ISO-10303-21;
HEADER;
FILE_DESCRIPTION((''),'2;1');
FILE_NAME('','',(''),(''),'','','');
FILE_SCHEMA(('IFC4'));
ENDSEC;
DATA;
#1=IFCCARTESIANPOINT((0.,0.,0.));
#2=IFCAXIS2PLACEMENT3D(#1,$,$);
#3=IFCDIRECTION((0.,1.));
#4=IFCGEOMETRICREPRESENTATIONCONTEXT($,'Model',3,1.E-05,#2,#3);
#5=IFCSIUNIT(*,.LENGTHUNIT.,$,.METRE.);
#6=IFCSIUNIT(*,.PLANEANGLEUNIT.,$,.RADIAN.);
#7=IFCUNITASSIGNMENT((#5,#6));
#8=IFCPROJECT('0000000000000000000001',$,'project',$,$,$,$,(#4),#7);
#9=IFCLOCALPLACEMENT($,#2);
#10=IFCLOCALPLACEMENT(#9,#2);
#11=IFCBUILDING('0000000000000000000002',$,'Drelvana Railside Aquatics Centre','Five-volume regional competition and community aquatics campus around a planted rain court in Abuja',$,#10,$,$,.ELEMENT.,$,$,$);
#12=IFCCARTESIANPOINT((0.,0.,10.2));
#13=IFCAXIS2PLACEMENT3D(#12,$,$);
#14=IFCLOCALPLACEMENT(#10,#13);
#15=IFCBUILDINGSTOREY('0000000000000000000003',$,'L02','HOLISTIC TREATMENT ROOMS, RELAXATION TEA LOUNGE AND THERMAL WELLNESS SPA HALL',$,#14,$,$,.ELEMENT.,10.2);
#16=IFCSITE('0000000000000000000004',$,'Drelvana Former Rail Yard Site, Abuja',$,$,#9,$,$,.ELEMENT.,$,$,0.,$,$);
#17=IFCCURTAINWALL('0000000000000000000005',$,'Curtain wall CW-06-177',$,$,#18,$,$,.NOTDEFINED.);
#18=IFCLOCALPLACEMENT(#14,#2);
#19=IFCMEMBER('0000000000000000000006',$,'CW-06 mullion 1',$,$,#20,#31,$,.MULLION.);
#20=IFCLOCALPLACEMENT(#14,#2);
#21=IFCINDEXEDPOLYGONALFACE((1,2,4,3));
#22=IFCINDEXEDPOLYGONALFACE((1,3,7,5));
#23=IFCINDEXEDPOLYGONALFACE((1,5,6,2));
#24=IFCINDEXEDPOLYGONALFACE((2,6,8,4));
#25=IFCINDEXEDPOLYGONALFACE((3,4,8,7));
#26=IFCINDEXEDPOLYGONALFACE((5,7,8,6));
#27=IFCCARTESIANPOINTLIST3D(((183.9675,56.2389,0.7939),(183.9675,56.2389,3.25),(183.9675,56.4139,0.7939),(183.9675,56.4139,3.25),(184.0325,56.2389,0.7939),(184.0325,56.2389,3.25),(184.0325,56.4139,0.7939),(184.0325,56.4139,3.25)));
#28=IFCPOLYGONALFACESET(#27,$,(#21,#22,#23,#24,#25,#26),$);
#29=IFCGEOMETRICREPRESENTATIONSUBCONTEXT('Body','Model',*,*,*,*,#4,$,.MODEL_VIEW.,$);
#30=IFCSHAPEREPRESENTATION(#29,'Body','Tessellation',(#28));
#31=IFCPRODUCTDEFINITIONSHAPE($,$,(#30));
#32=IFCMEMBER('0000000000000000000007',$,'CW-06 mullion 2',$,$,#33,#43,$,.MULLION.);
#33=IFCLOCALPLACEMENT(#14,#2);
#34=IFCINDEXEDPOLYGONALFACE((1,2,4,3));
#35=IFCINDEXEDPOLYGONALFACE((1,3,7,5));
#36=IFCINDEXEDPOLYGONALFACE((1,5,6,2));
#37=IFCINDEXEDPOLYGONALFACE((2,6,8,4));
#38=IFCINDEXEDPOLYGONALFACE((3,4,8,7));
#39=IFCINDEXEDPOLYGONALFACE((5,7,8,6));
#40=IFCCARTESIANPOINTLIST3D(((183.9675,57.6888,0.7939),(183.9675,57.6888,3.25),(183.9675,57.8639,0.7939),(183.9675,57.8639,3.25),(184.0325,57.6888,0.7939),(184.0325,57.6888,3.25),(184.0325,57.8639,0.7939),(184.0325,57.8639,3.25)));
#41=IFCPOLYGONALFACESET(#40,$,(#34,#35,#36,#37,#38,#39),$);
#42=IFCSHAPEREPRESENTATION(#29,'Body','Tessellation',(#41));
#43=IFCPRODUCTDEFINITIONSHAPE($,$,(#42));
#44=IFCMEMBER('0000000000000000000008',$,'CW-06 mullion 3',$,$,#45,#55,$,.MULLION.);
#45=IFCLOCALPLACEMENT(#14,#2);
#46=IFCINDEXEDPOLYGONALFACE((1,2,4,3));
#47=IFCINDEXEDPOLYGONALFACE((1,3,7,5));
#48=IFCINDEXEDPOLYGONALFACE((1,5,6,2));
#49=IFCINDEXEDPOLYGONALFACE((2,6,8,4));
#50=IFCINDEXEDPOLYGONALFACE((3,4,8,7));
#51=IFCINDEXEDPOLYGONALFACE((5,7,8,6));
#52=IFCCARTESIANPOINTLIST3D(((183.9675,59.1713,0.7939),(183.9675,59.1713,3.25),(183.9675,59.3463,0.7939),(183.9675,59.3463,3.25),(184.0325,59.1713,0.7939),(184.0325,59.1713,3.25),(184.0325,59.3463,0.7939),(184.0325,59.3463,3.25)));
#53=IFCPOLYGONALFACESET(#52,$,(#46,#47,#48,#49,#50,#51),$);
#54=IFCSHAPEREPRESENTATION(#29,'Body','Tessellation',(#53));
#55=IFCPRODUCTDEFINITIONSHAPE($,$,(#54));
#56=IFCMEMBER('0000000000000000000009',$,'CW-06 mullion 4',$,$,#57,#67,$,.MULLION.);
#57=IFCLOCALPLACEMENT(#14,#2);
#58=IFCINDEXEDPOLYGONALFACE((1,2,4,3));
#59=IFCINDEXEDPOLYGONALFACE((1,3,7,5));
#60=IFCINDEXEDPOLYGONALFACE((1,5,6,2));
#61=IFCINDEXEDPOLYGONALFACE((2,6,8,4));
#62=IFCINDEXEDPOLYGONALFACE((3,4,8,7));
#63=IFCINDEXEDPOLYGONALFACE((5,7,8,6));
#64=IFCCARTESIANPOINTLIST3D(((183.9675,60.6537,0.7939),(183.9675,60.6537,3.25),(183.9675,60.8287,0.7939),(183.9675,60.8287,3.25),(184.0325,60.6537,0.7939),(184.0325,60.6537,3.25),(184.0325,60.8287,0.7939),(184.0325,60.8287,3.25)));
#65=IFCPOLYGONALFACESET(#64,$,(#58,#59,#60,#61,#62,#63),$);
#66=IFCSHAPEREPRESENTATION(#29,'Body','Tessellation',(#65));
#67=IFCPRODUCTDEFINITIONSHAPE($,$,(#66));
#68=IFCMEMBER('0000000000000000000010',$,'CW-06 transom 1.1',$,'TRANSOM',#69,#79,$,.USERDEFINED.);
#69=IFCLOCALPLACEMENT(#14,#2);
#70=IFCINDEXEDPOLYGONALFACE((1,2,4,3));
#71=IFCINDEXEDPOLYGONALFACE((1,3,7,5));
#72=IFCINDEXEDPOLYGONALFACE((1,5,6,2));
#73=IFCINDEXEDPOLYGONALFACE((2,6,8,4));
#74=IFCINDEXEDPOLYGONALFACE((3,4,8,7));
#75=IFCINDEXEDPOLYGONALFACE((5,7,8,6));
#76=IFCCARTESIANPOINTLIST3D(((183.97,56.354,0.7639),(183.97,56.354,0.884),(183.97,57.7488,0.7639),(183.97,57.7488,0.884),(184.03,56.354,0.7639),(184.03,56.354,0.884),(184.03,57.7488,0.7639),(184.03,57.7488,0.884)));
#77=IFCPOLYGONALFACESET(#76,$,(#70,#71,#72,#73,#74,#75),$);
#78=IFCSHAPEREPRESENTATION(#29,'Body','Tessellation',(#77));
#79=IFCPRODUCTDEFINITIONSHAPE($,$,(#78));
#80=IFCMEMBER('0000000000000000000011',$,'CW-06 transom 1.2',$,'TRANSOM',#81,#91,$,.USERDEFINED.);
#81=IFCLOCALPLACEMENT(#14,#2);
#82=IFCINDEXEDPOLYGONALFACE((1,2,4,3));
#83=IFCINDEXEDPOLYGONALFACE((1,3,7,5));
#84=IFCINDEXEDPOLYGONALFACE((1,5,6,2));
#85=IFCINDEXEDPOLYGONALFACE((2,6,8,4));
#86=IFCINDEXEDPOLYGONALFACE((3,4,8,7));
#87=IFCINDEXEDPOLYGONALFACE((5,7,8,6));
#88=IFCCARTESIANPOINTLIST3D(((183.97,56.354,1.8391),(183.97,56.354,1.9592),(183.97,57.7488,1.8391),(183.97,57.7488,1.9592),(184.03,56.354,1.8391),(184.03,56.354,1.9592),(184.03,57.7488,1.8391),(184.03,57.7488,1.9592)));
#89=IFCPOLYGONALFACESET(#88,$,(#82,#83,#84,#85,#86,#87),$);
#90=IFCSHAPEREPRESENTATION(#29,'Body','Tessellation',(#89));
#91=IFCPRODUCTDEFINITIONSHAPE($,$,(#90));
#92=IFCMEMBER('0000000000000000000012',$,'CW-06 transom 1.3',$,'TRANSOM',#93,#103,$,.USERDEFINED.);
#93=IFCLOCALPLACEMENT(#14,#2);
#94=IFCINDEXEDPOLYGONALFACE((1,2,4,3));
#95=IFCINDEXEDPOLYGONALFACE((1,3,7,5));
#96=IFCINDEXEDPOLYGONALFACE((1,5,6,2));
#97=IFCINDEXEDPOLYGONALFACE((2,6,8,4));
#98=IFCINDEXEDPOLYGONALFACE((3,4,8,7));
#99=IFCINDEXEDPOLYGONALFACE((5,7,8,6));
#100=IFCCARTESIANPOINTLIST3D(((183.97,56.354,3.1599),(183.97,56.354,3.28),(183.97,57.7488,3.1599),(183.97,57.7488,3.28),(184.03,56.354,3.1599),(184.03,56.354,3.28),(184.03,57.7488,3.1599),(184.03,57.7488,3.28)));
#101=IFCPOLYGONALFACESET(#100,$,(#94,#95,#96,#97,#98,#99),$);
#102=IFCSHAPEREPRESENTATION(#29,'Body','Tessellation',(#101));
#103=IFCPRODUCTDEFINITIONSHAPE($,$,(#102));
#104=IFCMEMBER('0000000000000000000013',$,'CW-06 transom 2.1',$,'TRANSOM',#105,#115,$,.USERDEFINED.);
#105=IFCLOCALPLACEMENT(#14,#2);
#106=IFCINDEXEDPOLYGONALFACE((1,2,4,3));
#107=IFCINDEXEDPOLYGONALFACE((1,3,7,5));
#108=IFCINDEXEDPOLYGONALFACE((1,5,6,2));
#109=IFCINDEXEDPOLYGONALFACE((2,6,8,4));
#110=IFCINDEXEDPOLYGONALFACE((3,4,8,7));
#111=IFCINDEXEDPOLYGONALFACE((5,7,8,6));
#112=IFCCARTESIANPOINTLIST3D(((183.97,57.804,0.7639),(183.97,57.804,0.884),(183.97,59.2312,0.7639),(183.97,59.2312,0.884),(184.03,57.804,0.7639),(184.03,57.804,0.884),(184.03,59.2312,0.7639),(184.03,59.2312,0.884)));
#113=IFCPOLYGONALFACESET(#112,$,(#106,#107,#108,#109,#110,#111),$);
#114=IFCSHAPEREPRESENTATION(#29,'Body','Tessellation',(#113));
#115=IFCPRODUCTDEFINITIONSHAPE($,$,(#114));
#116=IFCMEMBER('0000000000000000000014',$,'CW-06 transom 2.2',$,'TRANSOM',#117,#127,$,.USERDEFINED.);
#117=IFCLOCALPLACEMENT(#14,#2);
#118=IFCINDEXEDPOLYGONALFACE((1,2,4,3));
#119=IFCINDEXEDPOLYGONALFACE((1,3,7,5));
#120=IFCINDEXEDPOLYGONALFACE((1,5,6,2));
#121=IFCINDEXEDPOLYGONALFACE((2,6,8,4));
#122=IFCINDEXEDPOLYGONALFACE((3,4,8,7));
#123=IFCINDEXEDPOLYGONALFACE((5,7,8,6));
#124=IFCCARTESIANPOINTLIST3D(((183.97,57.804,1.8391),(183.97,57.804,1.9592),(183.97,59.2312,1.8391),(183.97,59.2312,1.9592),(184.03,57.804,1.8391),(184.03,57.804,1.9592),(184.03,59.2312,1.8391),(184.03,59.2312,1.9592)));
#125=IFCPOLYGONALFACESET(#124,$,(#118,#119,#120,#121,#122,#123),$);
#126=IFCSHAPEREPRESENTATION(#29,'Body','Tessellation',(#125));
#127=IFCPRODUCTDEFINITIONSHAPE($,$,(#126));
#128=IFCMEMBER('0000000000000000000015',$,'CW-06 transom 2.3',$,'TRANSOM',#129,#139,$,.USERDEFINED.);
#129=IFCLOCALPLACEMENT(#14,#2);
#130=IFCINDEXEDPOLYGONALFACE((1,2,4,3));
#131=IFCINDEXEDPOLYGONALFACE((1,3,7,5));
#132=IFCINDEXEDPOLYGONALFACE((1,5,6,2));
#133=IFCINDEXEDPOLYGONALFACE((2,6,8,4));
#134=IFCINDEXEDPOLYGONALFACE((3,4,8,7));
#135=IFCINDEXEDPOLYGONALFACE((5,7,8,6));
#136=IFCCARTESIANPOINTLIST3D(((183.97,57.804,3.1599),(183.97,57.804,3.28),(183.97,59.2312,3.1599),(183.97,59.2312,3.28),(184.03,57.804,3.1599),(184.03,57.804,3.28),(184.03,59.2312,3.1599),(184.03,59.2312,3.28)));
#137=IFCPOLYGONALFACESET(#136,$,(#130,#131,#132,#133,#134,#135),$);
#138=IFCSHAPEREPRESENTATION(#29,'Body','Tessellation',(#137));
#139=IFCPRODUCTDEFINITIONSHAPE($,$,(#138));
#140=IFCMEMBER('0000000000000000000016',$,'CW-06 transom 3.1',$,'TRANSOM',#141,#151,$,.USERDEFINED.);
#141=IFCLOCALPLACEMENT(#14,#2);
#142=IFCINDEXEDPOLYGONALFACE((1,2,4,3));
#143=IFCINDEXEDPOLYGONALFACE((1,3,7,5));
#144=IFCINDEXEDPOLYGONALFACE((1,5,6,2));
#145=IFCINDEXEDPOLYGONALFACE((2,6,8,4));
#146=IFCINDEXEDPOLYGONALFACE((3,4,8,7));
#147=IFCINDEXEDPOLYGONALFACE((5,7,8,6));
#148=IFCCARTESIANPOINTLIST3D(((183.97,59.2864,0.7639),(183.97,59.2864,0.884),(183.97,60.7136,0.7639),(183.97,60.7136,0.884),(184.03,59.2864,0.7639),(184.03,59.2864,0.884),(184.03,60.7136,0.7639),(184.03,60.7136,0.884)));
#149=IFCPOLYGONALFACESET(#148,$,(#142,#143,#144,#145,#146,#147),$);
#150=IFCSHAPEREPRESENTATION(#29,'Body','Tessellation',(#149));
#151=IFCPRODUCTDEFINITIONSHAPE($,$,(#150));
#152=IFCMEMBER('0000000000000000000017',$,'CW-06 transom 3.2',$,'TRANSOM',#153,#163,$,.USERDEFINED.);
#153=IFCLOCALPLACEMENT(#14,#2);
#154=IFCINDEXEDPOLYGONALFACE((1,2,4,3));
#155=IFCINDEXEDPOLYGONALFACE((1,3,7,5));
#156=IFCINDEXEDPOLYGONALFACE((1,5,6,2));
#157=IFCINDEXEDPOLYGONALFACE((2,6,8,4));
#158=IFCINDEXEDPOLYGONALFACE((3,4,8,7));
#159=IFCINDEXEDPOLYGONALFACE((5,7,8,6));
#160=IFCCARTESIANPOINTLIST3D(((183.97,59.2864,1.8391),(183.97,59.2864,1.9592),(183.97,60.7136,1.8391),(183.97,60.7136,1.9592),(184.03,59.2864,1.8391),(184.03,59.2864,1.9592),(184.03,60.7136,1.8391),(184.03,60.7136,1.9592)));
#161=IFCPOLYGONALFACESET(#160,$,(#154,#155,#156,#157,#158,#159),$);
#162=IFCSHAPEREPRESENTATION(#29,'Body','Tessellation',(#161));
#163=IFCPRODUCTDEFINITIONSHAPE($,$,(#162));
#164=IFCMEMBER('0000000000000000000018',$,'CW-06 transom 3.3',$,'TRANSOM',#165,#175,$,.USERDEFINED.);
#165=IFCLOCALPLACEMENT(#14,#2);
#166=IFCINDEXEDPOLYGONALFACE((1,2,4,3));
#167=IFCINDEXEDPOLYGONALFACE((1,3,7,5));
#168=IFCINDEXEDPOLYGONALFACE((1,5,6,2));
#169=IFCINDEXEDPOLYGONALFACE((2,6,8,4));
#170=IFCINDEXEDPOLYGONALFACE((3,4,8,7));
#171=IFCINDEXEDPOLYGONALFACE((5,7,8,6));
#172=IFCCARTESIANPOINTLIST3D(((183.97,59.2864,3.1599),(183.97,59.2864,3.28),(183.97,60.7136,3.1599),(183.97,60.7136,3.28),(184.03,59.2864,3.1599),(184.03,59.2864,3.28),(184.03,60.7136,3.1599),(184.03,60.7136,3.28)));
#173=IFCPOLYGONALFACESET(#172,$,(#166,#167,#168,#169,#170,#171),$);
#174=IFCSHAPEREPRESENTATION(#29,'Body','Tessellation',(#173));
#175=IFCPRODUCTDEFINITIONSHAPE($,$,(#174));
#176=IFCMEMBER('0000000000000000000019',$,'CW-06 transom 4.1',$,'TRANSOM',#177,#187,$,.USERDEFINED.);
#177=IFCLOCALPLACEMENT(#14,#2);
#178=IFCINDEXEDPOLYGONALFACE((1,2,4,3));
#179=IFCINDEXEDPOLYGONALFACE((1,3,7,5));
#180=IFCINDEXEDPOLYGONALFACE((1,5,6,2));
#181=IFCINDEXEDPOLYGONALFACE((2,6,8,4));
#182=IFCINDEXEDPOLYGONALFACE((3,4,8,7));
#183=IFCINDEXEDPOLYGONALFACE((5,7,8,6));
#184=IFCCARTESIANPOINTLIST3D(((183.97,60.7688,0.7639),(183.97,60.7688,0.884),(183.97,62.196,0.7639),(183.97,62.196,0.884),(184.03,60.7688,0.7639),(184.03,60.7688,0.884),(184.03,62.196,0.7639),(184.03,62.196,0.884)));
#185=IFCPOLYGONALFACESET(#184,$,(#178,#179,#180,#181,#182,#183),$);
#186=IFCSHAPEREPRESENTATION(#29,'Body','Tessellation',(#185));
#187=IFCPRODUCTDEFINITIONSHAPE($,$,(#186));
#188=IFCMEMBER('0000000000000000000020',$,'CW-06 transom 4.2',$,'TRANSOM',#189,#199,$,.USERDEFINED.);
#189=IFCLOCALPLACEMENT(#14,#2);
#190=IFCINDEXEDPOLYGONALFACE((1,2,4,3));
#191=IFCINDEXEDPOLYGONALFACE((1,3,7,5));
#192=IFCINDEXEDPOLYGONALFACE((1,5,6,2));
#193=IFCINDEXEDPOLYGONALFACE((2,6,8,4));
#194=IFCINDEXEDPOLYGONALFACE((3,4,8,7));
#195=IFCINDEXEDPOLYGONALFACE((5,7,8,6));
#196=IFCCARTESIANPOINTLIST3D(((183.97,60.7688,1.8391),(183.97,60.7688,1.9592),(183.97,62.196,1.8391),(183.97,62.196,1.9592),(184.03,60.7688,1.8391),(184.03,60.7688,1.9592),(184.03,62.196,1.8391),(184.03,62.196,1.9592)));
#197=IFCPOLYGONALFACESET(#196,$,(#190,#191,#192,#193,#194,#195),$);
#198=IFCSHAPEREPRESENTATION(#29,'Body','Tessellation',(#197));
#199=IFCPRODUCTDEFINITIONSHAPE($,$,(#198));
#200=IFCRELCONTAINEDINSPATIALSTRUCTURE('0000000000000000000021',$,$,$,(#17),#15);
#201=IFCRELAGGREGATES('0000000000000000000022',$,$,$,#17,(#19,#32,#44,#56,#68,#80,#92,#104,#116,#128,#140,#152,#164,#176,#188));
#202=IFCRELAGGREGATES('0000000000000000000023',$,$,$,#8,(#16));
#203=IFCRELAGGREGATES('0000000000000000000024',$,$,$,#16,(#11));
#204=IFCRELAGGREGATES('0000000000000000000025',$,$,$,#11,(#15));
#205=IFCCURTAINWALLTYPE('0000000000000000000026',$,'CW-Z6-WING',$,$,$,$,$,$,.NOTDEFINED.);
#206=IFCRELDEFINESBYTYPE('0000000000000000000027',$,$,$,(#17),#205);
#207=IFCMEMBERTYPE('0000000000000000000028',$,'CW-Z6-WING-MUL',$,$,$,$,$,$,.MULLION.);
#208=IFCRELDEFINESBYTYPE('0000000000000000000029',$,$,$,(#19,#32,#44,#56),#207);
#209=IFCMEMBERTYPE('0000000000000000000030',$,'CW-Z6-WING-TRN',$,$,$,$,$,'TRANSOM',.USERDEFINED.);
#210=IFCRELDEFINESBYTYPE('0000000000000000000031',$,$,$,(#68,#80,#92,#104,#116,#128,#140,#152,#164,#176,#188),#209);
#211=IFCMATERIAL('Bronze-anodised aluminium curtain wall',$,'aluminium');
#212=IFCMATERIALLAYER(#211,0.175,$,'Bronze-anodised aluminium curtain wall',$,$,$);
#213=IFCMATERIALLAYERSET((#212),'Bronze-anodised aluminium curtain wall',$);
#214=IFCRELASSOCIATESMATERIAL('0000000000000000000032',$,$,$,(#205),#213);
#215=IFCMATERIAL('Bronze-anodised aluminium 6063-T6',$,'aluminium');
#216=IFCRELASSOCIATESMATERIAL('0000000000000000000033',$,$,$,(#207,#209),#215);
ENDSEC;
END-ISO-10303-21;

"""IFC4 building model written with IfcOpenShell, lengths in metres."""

from ifc_helpers import new_model, si_unit, direction, frame, origin, origin_2d, place, context, subcontext, project, spatial, rectangle, extrude, material, layer, layer_set, material_profile, profile_set, type_object, element, aggregate, save


model = new_model("IFC4")

# Units and contexts
model_context = context("Model", 3, precision=1e-05, world=origin(), true_north=direction((0.0, 1.0)))
body_context = subcontext(model_context, "Body", "Model", "MODEL_VIEW")
ifc_project = project(units=[si_unit("LENGTHUNIT", "METRE"), si_unit("PLANEANGLEUNIT", "RADIAN")], contexts=[model_context])

# Site, building, storey
site_placement = place(None, origin())
site = spatial("IfcSite", under=ifc_project, at=site_placement, Name="Drelvana Former Rail Yard Site, Abuja", CompositionType="ELEMENT", RefElevation=0.0)
building_placement = place(site_placement, origin())
building = spatial("IfcBuilding", under=site, at=building_placement, Name="Drelvana Railside Aquatics Centre", Description="Five-volume regional competition and community aquatics campus around a planted rain court in Abuja", CompositionType="ELEMENT")
storey_placement = place(building_placement, frame((0.0, 0.0, 10.2)))
storey = spatial("IfcBuildingStorey", under=building, at=storey_placement, Name="L02", Description="HOLISTIC TREATMENT ROOMS, RELAXATION TEA LOUNGE AND THERMAL WELLNESS SPA HALL", CompositionType="ELEMENT", Elevation=10.2)

# Curtain wall, members
ifc_material_1 = material(Name="Bronze-anodised aluminium curtain wall", Category="aluminium")
ifc_layer_1 = layer(ifc_material_1, 0.175, Name="Bronze-anodised aluminium curtain wall")
ifc_layer_set_1 = layer_set([ifc_layer_1], Name="Bronze-anodised aluminium curtain wall")
curtain_wall_type = type_object("IfcCurtainWallType", Name="CW-Z6-WING", PredefinedType="NOTDEFINED", material=ifc_layer_set_1)
curtain_wall_placement = place(storey_placement, origin())
curtain_wall = element("IfcCurtainWall", 1, at=curtain_wall_placement, inside=storey, type_object=curtain_wall_type, Name="Curtain wall CW-06-177", PredefinedType="NOTDEFINED")
ifc_material_2 = material(Name="Bronze-anodised aluminium 6063-T6", Category="aluminium")
ifc_material_profile_1 = material_profile(ifc_material_2, rectangle(XDim=0.0649, YDim=0.175, at=origin_2d()), Name="ALU-M 65x175")
ifc_profile_set_1 = profile_set([ifc_material_profile_1], Name="Bronze-anodised aluminium 6063-T6")
member_type_1 = type_object("IfcMemberType", Name="CW-Z6-WING-MUL", PredefinedType="MULLION", material=ifc_profile_set_1)
member_1_placement = place(storey_placement, frame((184.0, 56.3264, 0.7939), z_axis=(0.0, 0.0, 1.0), x_axis=(-1.0, 0.0, 0.0)))
member_1 = element("IfcMember", 2, at=member_1_placement, type_object=member_type_1, Name="CW-06 mullion 1", PredefinedType="MULLION", context=body_context, shape_type="SweptSolid", body=[
    extrude(rectangle(XDim=0.0649, YDim=0.175, at=origin_2d()), origin(), (0.0, 0.0, 1.0), 2.4561),
])
member_2_placement = place(storey_placement, frame((184.0, 57.7764, 0.7939), z_axis=(0.0, 0.0, 1.0), x_axis=(-1.0, 0.0, 0.0)))
member_2 = element("IfcMember", 3, at=member_2_placement, type_object=member_type_1, Name="CW-06 mullion 2", PredefinedType="MULLION", context=body_context, shape_type="SweptSolid", body=[
    extrude(rectangle(XDim=0.0649, YDim=0.175, at=origin_2d()), origin(), (0.0, 0.0, 1.0), 2.4561),
])
member_3_placement = place(storey_placement, frame((184.0, 59.2588, 0.7939), z_axis=(0.0, 0.0, 1.0), x_axis=(-1.0, 0.0, 0.0)))
member_3 = element("IfcMember", 4, at=member_3_placement, type_object=member_type_1, Name="CW-06 mullion 3", PredefinedType="MULLION", context=body_context, shape_type="SweptSolid", body=[
    extrude(rectangle(XDim=0.0649, YDim=0.175, at=origin_2d()), origin(), (0.0, 0.0, 1.0), 2.4561),
])
member_4_placement = place(storey_placement, frame((184.0, 60.7412, 0.7939), z_axis=(0.0, 0.0, 1.0), x_axis=(-1.0, 0.0, 0.0)))
member_4 = element("IfcMember", 5, at=member_4_placement, type_object=member_type_1, Name="CW-06 mullion 4", PredefinedType="MULLION", context=body_context, shape_type="SweptSolid", body=[
    extrude(rectangle(XDim=0.0649, YDim=0.175, at=origin_2d()), origin(), (0.0, 0.0, 1.0), 2.4561),
])
ifc_material_profile_2 = material_profile(ifc_material_2, rectangle(XDim=0.1201, YDim=0.0601, at=origin_2d()), Name="ALU-T 60x120")
ifc_profile_set_2 = profile_set([ifc_material_profile_2], Name="Bronze-anodised aluminium 6063-T6")
member_type_2 = type_object("IfcMemberType", Name="CW-Z6-WING-TRN", ElementType="TRANSOM", PredefinedType="USERDEFINED", material=ifc_profile_set_2)
member_5_placement = place(storey_placement, frame((184.0, 56.354, 0.824), z_axis=(0.0, 1.0, 0.0), x_axis=(0.0, 0.0, 1.0)))
member_5 = element("IfcMember", 6, at=member_5_placement, type_object=member_type_2, Name="CW-06 transom 1.1", ObjectType="TRANSOM", PredefinedType="USERDEFINED", context=body_context, shape_type="SweptSolid", body=[
    extrude(rectangle(XDim=0.1201, YDim=0.0601, at=origin_2d()), origin(), (0.0, 0.0, 1.0), 1.3948),
])
member_6_placement = place(storey_placement, frame((184.0, 56.354, 1.8992), z_axis=(0.0, 1.0, 0.0), x_axis=(0.0, 0.0, 1.0)))
member_6 = element("IfcMember", 7, at=member_6_placement, type_object=member_type_2, Name="CW-06 transom 1.2", ObjectType="TRANSOM", PredefinedType="USERDEFINED", context=body_context, shape_type="SweptSolid", body=[
    extrude(rectangle(XDim=0.1201, YDim=0.0601, at=origin_2d()), origin(), (0.0, 0.0, 1.0), 1.3948),
])
member_7_placement = place(storey_placement, frame((184.0, 56.354, 3.22), z_axis=(0.0, 1.0, 0.0), x_axis=(0.0, 0.0, 1.0)))
member_7 = element("IfcMember", 8, at=member_7_placement, type_object=member_type_2, Name="CW-06 transom 1.3", ObjectType="TRANSOM", PredefinedType="USERDEFINED", context=body_context, shape_type="SweptSolid", body=[
    extrude(rectangle(XDim=0.1201, YDim=0.0601, at=origin_2d()), origin(), (0.0, 0.0, 1.0), 1.3948),
])
member_8_placement = place(storey_placement, frame((184.0, 57.804, 0.824), z_axis=(0.0, 1.0, 0.0), x_axis=(0.0, 0.0, 1.0)))
member_8 = element("IfcMember", 9, at=member_8_placement, type_object=member_type_2, Name="CW-06 transom 2.1", ObjectType="TRANSOM", PredefinedType="USERDEFINED", context=body_context, shape_type="SweptSolid", body=[
    extrude(rectangle(XDim=0.1201, YDim=0.0601, at=origin_2d()), origin(), (0.0, 0.0, 1.0), 1.4272),
])
member_9_placement = place(storey_placement, frame((184.0, 57.804, 1.8992), z_axis=(0.0, 1.0, 0.0), x_axis=(0.0, 0.0, 1.0)))
member_9 = element("IfcMember", 10, at=member_9_placement, type_object=member_type_2, Name="CW-06 transom 2.2", ObjectType="TRANSOM", PredefinedType="USERDEFINED", context=body_context, shape_type="SweptSolid", body=[
    extrude(rectangle(XDim=0.1201, YDim=0.0601, at=origin_2d()), origin(), (0.0, 0.0, 1.0), 1.4272),
])
member_10_placement = place(storey_placement, frame((184.0, 57.804, 3.22), z_axis=(0.0, 1.0, 0.0), x_axis=(0.0, 0.0, 1.0)))
member_10 = element("IfcMember", 11, at=member_10_placement, type_object=member_type_2, Name="CW-06 transom 2.3", ObjectType="TRANSOM", PredefinedType="USERDEFINED", context=body_context, shape_type="SweptSolid", body=[
    extrude(rectangle(XDim=0.1201, YDim=0.0601, at=origin_2d()), origin(), (0.0, 0.0, 1.0), 1.4272),
])
member_11_placement = place(storey_placement, frame((184.0, 59.2864, 0.824), z_axis=(0.0, 1.0, 0.0), x_axis=(0.0, 0.0, 1.0)))
member_11 = element("IfcMember", 12, at=member_11_placement, type_object=member_type_2, Name="CW-06 transom 3.1", ObjectType="TRANSOM", PredefinedType="USERDEFINED", context=body_context, shape_type="SweptSolid", body=[
    extrude(rectangle(XDim=0.1201, YDim=0.0601, at=origin_2d()), origin(), (0.0, 0.0, 1.0), 1.4272),
])
member_12_placement = place(storey_placement, frame((184.0, 59.2864, 1.8992), z_axis=(0.0, 1.0, 0.0), x_axis=(0.0, 0.0, 1.0)))
member_12 = element("IfcMember", 13, at=member_12_placement, type_object=member_type_2, Name="CW-06 transom 3.2", ObjectType="TRANSOM", PredefinedType="USERDEFINED", context=body_context, shape_type="SweptSolid", body=[
    extrude(rectangle(XDim=0.1201, YDim=0.0601, at=origin_2d()), origin(), (0.0, 0.0, 1.0), 1.4272),
])
member_13_placement = place(storey_placement, frame((184.0, 59.2864, 3.22), z_axis=(0.0, 1.0, 0.0), x_axis=(0.0, 0.0, 1.0)))
member_13 = element("IfcMember", 14, at=member_13_placement, type_object=member_type_2, Name="CW-06 transom 3.3", ObjectType="TRANSOM", PredefinedType="USERDEFINED", context=body_context, shape_type="SweptSolid", body=[
    extrude(rectangle(XDim=0.1201, YDim=0.0601, at=origin_2d()), origin(), (0.0, 0.0, 1.0), 1.4272),
])
member_14_placement = place(storey_placement, frame((184.0, 60.7688, 0.824), z_axis=(0.0, 1.0, 0.0), x_axis=(0.0, 0.0, 1.0)))
member_14 = element("IfcMember", 15, at=member_14_placement, type_object=member_type_2, Name="CW-06 transom 4.1", ObjectType="TRANSOM", PredefinedType="USERDEFINED", context=body_context, shape_type="SweptSolid", body=[
    extrude(rectangle(XDim=0.1201, YDim=0.0601, at=origin_2d()), origin(), (0.0, 0.0, 1.0), 1.4272),
])
member_15_placement = place(storey_placement, frame((184.0, 60.7688, 1.8992), z_axis=(0.0, 1.0, 0.0), x_axis=(0.0, 0.0, 1.0)))
member_15 = element("IfcMember", 16, at=member_15_placement, type_object=member_type_2, Name="CW-06 transom 4.2", ObjectType="TRANSOM", PredefinedType="USERDEFINED", context=body_context, shape_type="SweptSolid", body=[
    extrude(rectangle(XDim=0.1201, YDim=0.0601, at=origin_2d()), origin(), (0.0, 0.0, 1.0), 1.4272),
])

aggregate(curtain_wall, [member_1, member_2, member_3, member_4, member_5, member_6, member_7, member_8, member_9, member_10, member_11, member_12, member_13, member_14, member_15])

save(model, "model.ifc")
